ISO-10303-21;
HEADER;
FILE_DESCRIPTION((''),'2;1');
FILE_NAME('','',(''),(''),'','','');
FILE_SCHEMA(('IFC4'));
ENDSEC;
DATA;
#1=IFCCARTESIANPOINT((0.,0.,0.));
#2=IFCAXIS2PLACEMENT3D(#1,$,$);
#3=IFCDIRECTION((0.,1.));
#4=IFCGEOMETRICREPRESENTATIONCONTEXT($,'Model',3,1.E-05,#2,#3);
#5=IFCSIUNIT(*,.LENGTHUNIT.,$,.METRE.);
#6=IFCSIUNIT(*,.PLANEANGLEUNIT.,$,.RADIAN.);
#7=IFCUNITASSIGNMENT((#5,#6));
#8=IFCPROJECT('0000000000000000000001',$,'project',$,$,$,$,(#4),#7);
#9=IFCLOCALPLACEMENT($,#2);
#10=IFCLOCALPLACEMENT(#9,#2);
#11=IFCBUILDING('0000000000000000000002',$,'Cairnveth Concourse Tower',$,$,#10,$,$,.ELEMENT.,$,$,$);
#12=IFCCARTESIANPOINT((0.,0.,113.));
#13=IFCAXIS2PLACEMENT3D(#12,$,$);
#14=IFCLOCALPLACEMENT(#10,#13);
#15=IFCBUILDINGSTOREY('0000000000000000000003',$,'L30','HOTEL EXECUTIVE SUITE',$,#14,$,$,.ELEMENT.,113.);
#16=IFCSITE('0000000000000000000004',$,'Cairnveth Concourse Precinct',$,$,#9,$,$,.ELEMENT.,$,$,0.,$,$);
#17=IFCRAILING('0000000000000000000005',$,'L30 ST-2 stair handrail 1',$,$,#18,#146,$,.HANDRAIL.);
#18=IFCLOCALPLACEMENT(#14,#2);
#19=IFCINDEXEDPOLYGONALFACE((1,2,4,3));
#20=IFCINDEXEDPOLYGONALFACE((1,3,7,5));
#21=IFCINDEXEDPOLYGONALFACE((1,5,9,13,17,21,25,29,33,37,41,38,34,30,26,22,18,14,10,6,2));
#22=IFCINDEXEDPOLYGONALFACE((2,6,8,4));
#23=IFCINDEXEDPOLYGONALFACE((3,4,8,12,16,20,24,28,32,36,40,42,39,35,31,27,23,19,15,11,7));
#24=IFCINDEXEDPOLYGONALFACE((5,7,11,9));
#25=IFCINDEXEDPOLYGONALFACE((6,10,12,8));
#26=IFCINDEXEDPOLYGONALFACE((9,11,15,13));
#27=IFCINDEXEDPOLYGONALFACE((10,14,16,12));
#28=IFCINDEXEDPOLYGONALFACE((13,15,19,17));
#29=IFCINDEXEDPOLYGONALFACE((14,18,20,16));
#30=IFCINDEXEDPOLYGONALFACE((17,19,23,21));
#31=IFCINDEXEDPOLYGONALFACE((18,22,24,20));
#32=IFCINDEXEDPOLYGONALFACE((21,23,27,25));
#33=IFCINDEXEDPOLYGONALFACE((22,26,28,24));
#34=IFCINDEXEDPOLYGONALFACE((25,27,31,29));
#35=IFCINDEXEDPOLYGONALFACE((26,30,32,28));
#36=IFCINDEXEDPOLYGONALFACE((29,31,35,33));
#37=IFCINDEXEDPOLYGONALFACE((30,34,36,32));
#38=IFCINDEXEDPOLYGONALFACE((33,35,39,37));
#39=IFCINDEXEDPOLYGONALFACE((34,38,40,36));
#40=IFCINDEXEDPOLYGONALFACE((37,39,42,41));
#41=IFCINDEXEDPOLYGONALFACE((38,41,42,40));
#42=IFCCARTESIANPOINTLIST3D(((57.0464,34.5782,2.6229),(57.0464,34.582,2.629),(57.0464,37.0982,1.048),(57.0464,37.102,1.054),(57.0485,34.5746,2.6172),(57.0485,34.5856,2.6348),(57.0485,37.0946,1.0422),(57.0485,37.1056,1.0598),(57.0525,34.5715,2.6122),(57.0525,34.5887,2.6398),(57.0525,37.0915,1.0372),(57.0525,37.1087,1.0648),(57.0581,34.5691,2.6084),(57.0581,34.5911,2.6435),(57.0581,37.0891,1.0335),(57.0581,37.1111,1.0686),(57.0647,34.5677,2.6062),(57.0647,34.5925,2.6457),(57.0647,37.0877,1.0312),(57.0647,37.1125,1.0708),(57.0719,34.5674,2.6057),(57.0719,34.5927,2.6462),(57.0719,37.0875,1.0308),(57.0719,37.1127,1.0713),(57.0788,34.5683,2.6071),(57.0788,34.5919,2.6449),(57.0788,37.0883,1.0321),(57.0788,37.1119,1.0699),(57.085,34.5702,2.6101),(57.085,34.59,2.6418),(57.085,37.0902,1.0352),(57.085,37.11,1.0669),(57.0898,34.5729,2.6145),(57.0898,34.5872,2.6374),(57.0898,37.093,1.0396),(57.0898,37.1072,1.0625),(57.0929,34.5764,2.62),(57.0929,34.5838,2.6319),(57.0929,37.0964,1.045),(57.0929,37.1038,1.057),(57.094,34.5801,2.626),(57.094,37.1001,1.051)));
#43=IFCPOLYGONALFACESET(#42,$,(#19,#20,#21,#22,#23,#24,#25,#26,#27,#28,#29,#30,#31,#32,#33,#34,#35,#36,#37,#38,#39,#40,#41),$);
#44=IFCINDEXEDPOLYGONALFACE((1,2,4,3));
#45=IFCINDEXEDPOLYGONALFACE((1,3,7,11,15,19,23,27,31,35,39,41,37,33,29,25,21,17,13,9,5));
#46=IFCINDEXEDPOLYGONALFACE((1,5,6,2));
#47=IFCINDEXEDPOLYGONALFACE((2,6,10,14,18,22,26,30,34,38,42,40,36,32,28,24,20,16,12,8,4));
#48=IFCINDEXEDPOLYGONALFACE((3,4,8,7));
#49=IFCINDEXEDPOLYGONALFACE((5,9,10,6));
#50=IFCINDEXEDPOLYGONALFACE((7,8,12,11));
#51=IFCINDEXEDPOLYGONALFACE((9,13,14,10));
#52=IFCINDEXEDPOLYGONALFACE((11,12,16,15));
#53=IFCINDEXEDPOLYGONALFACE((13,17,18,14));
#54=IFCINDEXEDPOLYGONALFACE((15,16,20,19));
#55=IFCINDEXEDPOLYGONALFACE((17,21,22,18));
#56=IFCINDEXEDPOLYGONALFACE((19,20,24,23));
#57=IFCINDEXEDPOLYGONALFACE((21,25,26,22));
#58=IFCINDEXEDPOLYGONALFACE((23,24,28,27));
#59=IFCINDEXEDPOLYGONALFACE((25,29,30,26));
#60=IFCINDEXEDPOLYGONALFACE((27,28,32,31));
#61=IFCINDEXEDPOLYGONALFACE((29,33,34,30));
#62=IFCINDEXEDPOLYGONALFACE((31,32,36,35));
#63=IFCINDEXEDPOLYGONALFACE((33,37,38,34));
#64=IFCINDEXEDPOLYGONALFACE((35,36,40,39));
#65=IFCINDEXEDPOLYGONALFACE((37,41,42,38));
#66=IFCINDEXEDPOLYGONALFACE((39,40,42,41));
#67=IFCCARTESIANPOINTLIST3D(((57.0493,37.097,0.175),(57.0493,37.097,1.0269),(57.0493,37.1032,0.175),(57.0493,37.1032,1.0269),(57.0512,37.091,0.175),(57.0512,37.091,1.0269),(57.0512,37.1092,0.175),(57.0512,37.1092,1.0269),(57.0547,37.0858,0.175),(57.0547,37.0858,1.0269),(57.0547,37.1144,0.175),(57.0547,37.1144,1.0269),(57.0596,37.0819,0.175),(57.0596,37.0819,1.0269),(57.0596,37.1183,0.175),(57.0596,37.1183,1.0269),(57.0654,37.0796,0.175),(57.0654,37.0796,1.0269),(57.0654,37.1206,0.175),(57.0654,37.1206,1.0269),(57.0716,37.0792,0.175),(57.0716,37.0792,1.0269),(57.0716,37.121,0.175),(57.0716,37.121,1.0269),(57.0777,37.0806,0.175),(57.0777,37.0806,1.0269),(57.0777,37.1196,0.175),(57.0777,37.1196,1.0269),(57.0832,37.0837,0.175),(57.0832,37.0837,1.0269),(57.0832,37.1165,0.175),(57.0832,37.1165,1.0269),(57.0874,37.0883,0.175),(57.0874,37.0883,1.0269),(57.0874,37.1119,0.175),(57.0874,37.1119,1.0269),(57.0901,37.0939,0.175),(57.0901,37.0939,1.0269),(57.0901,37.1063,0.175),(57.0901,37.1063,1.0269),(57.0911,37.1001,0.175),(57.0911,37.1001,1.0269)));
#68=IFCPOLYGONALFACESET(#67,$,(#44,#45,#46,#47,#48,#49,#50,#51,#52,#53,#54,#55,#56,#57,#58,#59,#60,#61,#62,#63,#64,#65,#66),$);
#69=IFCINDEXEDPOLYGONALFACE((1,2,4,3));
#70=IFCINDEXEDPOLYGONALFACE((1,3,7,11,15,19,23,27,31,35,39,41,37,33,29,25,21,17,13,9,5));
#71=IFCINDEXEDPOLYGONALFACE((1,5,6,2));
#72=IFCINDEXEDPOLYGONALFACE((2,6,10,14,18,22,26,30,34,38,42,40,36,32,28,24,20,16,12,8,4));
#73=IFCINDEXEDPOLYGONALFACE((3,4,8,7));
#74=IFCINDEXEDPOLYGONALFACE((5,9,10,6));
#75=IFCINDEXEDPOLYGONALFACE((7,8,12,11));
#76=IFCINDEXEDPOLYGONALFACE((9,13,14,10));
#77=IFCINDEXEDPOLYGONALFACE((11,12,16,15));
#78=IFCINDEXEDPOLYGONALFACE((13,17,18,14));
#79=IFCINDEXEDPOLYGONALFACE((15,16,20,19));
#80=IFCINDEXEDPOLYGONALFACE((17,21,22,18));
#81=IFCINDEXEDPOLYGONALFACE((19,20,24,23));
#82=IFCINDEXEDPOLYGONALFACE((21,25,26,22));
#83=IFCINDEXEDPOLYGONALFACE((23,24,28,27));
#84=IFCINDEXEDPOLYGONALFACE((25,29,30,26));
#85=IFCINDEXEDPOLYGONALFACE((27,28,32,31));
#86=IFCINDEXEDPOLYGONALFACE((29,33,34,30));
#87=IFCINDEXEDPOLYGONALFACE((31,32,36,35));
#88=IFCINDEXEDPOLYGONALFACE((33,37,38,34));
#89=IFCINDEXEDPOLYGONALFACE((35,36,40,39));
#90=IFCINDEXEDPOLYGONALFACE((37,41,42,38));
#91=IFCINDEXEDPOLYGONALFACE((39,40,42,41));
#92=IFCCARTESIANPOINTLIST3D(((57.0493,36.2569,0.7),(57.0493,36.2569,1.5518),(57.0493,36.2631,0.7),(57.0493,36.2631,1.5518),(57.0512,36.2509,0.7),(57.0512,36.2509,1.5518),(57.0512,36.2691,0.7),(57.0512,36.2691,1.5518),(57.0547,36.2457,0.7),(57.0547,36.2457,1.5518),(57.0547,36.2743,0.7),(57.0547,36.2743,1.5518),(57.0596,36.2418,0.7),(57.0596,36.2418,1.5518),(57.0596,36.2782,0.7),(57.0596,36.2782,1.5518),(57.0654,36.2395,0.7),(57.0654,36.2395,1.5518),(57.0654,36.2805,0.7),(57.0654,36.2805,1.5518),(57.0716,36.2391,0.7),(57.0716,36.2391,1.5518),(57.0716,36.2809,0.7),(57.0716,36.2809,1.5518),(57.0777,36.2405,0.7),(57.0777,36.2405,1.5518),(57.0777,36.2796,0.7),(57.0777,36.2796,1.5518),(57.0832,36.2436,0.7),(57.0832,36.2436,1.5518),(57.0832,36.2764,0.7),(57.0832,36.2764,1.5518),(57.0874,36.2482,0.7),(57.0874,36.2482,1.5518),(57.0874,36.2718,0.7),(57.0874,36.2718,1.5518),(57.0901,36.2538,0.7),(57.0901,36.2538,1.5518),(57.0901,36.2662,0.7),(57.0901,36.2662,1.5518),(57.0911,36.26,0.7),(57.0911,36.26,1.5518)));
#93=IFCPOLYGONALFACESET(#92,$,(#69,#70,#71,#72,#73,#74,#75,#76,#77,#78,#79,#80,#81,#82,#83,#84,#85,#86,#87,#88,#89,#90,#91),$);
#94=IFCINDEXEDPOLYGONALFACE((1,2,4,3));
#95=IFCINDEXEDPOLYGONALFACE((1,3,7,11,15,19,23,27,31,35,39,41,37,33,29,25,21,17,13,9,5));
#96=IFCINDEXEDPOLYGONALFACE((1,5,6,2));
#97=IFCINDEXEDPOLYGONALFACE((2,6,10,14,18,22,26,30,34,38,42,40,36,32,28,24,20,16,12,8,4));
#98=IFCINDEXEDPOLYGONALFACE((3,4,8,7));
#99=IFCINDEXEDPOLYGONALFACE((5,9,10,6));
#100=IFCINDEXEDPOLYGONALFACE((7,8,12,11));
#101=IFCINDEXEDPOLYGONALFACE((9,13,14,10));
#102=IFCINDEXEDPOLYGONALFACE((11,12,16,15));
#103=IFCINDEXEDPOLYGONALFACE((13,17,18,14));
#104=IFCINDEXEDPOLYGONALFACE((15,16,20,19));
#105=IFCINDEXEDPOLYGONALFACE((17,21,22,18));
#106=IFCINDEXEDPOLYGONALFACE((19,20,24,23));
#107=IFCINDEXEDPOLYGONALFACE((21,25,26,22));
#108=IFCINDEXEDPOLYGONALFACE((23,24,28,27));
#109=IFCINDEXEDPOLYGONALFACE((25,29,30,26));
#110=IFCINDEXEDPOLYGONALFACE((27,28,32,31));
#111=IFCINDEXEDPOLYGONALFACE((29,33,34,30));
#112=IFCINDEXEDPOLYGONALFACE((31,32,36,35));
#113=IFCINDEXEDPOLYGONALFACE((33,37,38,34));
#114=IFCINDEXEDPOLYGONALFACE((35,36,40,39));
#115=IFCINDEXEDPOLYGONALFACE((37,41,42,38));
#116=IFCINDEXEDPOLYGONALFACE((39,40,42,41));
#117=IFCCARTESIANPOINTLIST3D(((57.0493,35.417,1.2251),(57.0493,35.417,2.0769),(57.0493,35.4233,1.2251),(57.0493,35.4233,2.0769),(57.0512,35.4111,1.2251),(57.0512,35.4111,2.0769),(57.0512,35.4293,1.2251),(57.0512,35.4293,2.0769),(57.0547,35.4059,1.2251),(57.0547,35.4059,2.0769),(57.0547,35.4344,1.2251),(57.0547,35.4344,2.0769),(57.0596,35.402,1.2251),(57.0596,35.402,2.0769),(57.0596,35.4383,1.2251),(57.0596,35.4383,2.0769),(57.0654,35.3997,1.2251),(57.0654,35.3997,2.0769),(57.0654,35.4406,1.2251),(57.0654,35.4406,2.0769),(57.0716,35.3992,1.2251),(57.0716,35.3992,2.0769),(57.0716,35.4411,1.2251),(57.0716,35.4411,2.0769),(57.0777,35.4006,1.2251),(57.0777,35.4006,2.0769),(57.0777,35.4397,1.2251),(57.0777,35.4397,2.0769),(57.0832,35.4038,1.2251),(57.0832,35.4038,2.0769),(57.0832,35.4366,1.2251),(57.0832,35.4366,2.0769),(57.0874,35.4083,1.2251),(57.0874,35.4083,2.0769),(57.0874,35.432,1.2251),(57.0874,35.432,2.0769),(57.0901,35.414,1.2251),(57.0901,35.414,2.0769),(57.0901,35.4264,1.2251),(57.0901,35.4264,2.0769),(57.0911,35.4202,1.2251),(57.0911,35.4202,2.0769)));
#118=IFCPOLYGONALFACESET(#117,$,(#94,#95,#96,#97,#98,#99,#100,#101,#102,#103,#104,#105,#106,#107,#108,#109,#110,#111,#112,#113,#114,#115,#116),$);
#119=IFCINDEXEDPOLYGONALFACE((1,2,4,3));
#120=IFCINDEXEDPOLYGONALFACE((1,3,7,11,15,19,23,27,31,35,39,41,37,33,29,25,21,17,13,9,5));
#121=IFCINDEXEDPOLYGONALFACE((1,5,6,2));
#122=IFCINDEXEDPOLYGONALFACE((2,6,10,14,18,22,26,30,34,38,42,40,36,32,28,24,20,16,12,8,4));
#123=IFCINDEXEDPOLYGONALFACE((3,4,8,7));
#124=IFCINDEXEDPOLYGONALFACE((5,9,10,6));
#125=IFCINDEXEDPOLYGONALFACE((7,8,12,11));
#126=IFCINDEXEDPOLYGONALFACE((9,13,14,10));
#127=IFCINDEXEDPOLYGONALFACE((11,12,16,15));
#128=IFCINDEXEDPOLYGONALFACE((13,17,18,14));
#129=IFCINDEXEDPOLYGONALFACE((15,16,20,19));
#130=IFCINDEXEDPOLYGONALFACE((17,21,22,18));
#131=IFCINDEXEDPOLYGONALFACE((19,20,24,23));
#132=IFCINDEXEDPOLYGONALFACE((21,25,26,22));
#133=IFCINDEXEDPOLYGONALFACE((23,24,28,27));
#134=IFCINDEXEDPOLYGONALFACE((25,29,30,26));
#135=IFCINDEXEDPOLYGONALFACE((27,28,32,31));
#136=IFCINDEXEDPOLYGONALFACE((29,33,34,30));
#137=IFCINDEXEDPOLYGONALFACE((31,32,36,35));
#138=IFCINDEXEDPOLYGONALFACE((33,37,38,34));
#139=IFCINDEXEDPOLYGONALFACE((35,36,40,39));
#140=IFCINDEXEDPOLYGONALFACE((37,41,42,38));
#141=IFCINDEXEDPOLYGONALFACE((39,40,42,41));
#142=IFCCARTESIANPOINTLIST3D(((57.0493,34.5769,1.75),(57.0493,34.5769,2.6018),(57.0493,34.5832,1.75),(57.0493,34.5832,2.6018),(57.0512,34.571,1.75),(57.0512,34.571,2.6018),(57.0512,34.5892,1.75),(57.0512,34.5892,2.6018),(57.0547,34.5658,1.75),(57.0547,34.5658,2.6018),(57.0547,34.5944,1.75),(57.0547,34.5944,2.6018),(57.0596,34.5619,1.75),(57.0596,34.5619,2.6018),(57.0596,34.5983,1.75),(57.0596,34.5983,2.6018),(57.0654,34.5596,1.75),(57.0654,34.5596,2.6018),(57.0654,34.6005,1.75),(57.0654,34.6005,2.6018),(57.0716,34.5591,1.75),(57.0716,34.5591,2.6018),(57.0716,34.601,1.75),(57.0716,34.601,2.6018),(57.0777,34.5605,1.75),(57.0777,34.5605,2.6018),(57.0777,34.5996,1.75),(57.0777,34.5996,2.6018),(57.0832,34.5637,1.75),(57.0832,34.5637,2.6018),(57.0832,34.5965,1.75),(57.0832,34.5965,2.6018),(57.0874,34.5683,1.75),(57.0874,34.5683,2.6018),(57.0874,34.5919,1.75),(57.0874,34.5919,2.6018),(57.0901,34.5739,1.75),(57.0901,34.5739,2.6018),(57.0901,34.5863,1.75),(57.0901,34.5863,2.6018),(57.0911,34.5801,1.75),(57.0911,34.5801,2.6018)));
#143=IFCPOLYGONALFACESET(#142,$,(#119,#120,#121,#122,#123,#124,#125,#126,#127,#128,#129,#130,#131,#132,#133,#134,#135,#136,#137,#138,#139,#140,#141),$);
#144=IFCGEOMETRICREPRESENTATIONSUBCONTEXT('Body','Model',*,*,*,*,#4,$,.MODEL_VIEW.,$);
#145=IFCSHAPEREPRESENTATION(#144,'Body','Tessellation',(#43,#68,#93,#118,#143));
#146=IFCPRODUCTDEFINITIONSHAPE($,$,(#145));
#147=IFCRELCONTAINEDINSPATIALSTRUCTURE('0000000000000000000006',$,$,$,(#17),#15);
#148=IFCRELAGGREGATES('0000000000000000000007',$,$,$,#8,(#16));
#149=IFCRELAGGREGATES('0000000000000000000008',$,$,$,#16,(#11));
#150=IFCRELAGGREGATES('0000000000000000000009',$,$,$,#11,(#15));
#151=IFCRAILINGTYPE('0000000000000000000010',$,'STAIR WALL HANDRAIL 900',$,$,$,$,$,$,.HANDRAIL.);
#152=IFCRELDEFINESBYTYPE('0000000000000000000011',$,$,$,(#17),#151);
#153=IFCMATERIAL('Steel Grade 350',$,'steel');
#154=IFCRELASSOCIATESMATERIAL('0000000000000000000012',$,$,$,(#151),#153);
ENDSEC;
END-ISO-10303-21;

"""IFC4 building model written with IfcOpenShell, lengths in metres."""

from ifc_helpers import new_model, si_unit, direction, frame, origin, origin_2d, place, context, subcontext, project, spatial, circle, extrude, material, type_object, element, save


model = new_model("IFC4")

# Units and contexts
model_context = context("Model", 3, precision=1e-05, world=origin(), true_north=direction((0.0, 1.0)))
body_context = subcontext(model_context, "Body", "Model", "MODEL_VIEW")
ifc_project = project(units=[si_unit("LENGTHUNIT", "METRE"), si_unit("PLANEANGLEUNIT", "RADIAN")], contexts=[model_context])

# Site, building, storey
site_placement = place(None, origin())
site = spatial("IfcSite", under=ifc_project, at=site_placement, Name="Cairnveth Concourse Precinct", CompositionType="ELEMENT", RefElevation=0.0)
building_placement = place(site_placement, origin())
building = spatial("IfcBuilding", under=site, at=building_placement, Name="Cairnveth Concourse Tower", CompositionType="ELEMENT")
storey_placement = place(building_placement, frame((0.0, 0.0, 113.0)))
storey = spatial("IfcBuildingStorey", under=building, at=storey_placement, Name="L30", Description="HOTEL EXECUTIVE SUITE", CompositionType="ELEMENT", Elevation=113.0)

# Shared definitions
ifc_material_1 = material(Name="Steel Grade 350", Category="steel")

# Railing
railing_type_1 = type_object("IfcRailingType", Name="STAIR WALL HANDRAIL 900", PredefinedType="HANDRAIL", material=ifc_material_1)
railing_1_placement = place(storey_placement, frame((57.0701, 37.1001, 0.175)))
element("IfcRailing", 1, at=railing_1_placement, inside=storey, type_object=railing_type_1, Name="L30 ST-2 stair handrail 1", PredefinedType="HANDRAIL", context=body_context, shape_type="SweptSolid", body=[
    extrude(circle(Radius=0.0239, at=origin_2d()), frame((0.0, 0.0, 0.876), z_axis=(0.0, -0.848008, 0.529984), x_axis=(1.0, 0.0, 0.0)), (0.0, 0.0, 1.0), 2.9717),
    extrude(circle(Radius=0.021, at=origin_2d()), origin(), (0.0, 0.0, 1.0), 0.8518),
    extrude(circle(Radius=0.021, at=origin_2d()), frame((0.0, -0.8401, 0.5249)), (0.0, 0.0, 1.0), 0.8518),
    extrude(circle(Radius=0.021, at=origin_2d()), frame((0.0, -1.6799, 1.05)), (0.0, 0.0, 1.0), 0.8518),
    extrude(circle(Radius=0.021, at=origin_2d()), frame((0.0, -2.52, 1.575)), (0.0, 0.0, 1.0), 0.8518),
])

save(model, "model.ifc")
